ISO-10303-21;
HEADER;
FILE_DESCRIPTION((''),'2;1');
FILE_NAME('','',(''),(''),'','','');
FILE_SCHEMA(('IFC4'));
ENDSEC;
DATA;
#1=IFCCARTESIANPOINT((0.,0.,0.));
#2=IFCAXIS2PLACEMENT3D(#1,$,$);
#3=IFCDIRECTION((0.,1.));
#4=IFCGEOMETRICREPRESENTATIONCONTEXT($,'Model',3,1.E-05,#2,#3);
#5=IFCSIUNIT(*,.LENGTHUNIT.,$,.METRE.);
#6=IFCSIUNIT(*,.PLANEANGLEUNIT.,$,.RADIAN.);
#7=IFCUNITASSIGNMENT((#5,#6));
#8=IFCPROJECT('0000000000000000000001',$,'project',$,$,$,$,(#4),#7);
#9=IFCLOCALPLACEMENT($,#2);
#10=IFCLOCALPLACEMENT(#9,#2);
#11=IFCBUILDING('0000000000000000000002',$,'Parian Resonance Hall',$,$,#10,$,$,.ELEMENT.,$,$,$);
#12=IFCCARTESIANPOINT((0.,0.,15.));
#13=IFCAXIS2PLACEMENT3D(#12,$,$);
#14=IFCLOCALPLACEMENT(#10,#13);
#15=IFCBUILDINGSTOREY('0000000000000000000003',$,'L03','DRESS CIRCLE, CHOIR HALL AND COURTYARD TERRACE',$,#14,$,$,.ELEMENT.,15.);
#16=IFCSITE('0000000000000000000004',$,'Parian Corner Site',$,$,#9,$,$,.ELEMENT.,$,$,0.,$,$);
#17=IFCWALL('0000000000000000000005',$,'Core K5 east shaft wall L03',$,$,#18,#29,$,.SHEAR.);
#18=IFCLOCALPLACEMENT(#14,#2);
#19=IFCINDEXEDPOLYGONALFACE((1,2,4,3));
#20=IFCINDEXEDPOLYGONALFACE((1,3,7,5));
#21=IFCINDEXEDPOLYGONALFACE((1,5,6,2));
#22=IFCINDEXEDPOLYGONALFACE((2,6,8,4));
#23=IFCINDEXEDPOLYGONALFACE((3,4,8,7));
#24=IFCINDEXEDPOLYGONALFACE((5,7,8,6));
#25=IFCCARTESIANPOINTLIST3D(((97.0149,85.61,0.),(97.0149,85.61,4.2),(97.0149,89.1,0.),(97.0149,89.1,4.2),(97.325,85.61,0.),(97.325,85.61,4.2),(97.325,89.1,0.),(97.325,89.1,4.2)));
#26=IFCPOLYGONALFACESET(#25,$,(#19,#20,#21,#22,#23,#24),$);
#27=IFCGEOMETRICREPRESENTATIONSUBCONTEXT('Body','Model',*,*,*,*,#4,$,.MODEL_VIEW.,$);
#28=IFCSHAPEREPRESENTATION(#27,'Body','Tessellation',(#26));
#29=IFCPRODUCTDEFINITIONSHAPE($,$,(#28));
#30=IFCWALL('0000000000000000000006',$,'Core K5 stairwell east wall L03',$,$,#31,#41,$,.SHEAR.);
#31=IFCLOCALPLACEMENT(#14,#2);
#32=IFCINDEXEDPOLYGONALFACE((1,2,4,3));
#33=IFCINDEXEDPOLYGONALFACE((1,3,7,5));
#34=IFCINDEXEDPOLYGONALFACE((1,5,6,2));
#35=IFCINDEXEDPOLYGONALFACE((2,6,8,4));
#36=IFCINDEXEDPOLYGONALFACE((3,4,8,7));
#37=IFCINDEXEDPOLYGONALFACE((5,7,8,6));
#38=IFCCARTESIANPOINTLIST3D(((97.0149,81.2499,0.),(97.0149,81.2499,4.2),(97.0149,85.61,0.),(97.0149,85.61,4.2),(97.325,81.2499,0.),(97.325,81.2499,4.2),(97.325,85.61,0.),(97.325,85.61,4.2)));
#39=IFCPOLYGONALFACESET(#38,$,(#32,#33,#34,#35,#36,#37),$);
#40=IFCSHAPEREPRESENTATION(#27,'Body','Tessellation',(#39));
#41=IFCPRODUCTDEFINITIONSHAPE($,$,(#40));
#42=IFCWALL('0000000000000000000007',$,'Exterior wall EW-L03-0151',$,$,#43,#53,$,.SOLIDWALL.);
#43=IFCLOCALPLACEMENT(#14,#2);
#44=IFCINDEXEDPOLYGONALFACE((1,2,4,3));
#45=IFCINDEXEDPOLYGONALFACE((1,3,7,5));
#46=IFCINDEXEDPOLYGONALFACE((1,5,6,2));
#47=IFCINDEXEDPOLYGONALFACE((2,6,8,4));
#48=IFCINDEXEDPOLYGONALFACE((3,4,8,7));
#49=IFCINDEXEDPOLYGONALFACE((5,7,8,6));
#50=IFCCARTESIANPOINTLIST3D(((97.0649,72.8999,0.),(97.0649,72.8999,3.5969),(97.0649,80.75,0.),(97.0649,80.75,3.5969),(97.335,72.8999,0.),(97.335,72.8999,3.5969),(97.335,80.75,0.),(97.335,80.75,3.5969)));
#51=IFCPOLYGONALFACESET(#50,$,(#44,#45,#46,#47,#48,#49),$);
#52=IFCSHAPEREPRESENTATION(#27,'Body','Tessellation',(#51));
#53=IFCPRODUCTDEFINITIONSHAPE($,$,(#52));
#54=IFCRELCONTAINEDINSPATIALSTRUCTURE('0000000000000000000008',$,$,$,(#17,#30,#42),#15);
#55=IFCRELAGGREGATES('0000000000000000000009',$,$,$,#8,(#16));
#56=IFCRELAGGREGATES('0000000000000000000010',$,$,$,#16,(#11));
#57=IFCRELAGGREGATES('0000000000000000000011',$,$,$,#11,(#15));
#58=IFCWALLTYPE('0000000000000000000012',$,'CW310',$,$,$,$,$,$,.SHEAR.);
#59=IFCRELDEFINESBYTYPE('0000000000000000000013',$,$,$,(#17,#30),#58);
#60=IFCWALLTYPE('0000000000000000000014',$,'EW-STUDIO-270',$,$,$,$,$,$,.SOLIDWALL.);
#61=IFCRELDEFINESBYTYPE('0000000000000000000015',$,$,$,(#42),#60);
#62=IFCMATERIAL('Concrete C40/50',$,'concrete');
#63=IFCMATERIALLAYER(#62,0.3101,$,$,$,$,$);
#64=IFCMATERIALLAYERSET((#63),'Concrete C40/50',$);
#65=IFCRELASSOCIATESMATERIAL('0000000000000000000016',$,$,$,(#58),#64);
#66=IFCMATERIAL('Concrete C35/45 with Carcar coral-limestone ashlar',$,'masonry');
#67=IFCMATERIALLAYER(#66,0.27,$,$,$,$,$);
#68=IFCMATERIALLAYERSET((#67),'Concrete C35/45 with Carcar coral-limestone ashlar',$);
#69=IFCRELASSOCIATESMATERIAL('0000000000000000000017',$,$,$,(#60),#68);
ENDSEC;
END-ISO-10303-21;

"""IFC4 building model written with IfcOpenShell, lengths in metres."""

from ifc_helpers import new_model, si_unit, direction, frame, frame_2d, origin, place, context, subcontext, project, spatial, rectangle, extrude, material, layer, layer_set, type_object, element, save


model = new_model("IFC4")

# Units and contexts
model_context = context("Model", 3, precision=1e-05, world=origin(), true_north=direction((0.0, 1.0)))
body_context = subcontext(model_context, "Body", "Model", "MODEL_VIEW")
ifc_project = project(units=[si_unit("LENGTHUNIT", "METRE"), si_unit("PLANEANGLEUNIT", "RADIAN")], contexts=[model_context])

# Site, building, storey
site_placement = place(None, origin())
site = spatial("IfcSite", under=ifc_project, at=site_placement, Name="Parian Corner Site", CompositionType="ELEMENT", RefElevation=0.0)
building_placement = place(site_placement, origin())
building = spatial("IfcBuilding", under=site, at=building_placement, Name="Parian Resonance Hall", CompositionType="ELEMENT")
storey_placement = place(building_placement, frame((0.0, 0.0, 15.0)))
storey = spatial("IfcBuildingStorey", under=building, at=storey_placement, Name="L03", Description="DRESS CIRCLE, CHOIR HALL AND COURTYARD TERRACE", CompositionType="ELEMENT", Elevation=15.0)

# Walls
ifc_material_1 = material(Name="Concrete C40/50", Category="concrete")
ifc_layer_1 = layer(ifc_material_1, 0.3101)
ifc_layer_set_1 = layer_set([ifc_layer_1], Name="Concrete C40/50")
wall_type_1 = type_object("IfcWallType", Name="CW310", PredefinedType="SHEAR", material=ifc_layer_set_1)
wall_1_placement = place(storey_placement, frame((97.1699, 89.1001, 0.0), z_axis=(0.0, 0.0, 1.0), x_axis=(0.0, -1.0, 0.0)))
element("IfcWall", 1, at=wall_1_placement, inside=storey, type_object=wall_type_1, Name="Core K5 east shaft wall L03", PredefinedType="SHEAR", context=body_context, shape_type="SweptSolid", body=[
    extrude(rectangle(XDim=3.49, YDim=0.3101, at=frame_2d((1.7451, 0.0))), origin(), (0.0, 0.0, 1.0), 4.2),
])
wall_2_placement = place(storey_placement, frame((97.1699, 85.6101, 0.0), z_axis=(0.0, 0.0, 1.0), x_axis=(0.0, -1.0, 0.0)))
element("IfcWall", 2, at=wall_2_placement, inside=storey, type_object=wall_type_1, Name="Core K5 stairwell east wall L03", PredefinedType="SHEAR", context=body_context, shape_type="SweptSolid", body=[
    extrude(rectangle(XDim=4.3601, YDim=0.3101, at=frame_2d((2.1802, 0.0))), origin(), (0.0, 0.0, 1.0), 4.2),
])
ifc_material_2 = material(Name="Concrete C35/45 with Carcar coral-limestone ashlar", Category="masonry")
ifc_layer_2 = layer(ifc_material_2, 0.27)
ifc_layer_set_2 = layer_set([ifc_layer_2], Name="Concrete C35/45 with Carcar coral-limestone ashlar")
wall_type_2 = type_object("IfcWallType", Name="EW-STUDIO-270", PredefinedType="SOLIDWALL", material=ifc_layer_set_2)
wall_3_placement = place(storey_placement, frame((97.2, 80.75, 0.0), z_axis=(0.0, 0.0, 1.0), x_axis=(0.0, -1.0, 0.0)))
element("IfcWall", 3, at=wall_3_placement, inside=storey, type_object=wall_type_2, Name="Exterior wall EW-L03-0151", PredefinedType="SOLIDWALL", context=body_context, shape_type="SweptSolid", body=[
    extrude(rectangle(XDim=7.8501, YDim=0.27, at=frame_2d((3.925, 0.0))), origin(), (0.0, 0.0, 1.0), 3.5969),
])

save(model, "model.ifc")
